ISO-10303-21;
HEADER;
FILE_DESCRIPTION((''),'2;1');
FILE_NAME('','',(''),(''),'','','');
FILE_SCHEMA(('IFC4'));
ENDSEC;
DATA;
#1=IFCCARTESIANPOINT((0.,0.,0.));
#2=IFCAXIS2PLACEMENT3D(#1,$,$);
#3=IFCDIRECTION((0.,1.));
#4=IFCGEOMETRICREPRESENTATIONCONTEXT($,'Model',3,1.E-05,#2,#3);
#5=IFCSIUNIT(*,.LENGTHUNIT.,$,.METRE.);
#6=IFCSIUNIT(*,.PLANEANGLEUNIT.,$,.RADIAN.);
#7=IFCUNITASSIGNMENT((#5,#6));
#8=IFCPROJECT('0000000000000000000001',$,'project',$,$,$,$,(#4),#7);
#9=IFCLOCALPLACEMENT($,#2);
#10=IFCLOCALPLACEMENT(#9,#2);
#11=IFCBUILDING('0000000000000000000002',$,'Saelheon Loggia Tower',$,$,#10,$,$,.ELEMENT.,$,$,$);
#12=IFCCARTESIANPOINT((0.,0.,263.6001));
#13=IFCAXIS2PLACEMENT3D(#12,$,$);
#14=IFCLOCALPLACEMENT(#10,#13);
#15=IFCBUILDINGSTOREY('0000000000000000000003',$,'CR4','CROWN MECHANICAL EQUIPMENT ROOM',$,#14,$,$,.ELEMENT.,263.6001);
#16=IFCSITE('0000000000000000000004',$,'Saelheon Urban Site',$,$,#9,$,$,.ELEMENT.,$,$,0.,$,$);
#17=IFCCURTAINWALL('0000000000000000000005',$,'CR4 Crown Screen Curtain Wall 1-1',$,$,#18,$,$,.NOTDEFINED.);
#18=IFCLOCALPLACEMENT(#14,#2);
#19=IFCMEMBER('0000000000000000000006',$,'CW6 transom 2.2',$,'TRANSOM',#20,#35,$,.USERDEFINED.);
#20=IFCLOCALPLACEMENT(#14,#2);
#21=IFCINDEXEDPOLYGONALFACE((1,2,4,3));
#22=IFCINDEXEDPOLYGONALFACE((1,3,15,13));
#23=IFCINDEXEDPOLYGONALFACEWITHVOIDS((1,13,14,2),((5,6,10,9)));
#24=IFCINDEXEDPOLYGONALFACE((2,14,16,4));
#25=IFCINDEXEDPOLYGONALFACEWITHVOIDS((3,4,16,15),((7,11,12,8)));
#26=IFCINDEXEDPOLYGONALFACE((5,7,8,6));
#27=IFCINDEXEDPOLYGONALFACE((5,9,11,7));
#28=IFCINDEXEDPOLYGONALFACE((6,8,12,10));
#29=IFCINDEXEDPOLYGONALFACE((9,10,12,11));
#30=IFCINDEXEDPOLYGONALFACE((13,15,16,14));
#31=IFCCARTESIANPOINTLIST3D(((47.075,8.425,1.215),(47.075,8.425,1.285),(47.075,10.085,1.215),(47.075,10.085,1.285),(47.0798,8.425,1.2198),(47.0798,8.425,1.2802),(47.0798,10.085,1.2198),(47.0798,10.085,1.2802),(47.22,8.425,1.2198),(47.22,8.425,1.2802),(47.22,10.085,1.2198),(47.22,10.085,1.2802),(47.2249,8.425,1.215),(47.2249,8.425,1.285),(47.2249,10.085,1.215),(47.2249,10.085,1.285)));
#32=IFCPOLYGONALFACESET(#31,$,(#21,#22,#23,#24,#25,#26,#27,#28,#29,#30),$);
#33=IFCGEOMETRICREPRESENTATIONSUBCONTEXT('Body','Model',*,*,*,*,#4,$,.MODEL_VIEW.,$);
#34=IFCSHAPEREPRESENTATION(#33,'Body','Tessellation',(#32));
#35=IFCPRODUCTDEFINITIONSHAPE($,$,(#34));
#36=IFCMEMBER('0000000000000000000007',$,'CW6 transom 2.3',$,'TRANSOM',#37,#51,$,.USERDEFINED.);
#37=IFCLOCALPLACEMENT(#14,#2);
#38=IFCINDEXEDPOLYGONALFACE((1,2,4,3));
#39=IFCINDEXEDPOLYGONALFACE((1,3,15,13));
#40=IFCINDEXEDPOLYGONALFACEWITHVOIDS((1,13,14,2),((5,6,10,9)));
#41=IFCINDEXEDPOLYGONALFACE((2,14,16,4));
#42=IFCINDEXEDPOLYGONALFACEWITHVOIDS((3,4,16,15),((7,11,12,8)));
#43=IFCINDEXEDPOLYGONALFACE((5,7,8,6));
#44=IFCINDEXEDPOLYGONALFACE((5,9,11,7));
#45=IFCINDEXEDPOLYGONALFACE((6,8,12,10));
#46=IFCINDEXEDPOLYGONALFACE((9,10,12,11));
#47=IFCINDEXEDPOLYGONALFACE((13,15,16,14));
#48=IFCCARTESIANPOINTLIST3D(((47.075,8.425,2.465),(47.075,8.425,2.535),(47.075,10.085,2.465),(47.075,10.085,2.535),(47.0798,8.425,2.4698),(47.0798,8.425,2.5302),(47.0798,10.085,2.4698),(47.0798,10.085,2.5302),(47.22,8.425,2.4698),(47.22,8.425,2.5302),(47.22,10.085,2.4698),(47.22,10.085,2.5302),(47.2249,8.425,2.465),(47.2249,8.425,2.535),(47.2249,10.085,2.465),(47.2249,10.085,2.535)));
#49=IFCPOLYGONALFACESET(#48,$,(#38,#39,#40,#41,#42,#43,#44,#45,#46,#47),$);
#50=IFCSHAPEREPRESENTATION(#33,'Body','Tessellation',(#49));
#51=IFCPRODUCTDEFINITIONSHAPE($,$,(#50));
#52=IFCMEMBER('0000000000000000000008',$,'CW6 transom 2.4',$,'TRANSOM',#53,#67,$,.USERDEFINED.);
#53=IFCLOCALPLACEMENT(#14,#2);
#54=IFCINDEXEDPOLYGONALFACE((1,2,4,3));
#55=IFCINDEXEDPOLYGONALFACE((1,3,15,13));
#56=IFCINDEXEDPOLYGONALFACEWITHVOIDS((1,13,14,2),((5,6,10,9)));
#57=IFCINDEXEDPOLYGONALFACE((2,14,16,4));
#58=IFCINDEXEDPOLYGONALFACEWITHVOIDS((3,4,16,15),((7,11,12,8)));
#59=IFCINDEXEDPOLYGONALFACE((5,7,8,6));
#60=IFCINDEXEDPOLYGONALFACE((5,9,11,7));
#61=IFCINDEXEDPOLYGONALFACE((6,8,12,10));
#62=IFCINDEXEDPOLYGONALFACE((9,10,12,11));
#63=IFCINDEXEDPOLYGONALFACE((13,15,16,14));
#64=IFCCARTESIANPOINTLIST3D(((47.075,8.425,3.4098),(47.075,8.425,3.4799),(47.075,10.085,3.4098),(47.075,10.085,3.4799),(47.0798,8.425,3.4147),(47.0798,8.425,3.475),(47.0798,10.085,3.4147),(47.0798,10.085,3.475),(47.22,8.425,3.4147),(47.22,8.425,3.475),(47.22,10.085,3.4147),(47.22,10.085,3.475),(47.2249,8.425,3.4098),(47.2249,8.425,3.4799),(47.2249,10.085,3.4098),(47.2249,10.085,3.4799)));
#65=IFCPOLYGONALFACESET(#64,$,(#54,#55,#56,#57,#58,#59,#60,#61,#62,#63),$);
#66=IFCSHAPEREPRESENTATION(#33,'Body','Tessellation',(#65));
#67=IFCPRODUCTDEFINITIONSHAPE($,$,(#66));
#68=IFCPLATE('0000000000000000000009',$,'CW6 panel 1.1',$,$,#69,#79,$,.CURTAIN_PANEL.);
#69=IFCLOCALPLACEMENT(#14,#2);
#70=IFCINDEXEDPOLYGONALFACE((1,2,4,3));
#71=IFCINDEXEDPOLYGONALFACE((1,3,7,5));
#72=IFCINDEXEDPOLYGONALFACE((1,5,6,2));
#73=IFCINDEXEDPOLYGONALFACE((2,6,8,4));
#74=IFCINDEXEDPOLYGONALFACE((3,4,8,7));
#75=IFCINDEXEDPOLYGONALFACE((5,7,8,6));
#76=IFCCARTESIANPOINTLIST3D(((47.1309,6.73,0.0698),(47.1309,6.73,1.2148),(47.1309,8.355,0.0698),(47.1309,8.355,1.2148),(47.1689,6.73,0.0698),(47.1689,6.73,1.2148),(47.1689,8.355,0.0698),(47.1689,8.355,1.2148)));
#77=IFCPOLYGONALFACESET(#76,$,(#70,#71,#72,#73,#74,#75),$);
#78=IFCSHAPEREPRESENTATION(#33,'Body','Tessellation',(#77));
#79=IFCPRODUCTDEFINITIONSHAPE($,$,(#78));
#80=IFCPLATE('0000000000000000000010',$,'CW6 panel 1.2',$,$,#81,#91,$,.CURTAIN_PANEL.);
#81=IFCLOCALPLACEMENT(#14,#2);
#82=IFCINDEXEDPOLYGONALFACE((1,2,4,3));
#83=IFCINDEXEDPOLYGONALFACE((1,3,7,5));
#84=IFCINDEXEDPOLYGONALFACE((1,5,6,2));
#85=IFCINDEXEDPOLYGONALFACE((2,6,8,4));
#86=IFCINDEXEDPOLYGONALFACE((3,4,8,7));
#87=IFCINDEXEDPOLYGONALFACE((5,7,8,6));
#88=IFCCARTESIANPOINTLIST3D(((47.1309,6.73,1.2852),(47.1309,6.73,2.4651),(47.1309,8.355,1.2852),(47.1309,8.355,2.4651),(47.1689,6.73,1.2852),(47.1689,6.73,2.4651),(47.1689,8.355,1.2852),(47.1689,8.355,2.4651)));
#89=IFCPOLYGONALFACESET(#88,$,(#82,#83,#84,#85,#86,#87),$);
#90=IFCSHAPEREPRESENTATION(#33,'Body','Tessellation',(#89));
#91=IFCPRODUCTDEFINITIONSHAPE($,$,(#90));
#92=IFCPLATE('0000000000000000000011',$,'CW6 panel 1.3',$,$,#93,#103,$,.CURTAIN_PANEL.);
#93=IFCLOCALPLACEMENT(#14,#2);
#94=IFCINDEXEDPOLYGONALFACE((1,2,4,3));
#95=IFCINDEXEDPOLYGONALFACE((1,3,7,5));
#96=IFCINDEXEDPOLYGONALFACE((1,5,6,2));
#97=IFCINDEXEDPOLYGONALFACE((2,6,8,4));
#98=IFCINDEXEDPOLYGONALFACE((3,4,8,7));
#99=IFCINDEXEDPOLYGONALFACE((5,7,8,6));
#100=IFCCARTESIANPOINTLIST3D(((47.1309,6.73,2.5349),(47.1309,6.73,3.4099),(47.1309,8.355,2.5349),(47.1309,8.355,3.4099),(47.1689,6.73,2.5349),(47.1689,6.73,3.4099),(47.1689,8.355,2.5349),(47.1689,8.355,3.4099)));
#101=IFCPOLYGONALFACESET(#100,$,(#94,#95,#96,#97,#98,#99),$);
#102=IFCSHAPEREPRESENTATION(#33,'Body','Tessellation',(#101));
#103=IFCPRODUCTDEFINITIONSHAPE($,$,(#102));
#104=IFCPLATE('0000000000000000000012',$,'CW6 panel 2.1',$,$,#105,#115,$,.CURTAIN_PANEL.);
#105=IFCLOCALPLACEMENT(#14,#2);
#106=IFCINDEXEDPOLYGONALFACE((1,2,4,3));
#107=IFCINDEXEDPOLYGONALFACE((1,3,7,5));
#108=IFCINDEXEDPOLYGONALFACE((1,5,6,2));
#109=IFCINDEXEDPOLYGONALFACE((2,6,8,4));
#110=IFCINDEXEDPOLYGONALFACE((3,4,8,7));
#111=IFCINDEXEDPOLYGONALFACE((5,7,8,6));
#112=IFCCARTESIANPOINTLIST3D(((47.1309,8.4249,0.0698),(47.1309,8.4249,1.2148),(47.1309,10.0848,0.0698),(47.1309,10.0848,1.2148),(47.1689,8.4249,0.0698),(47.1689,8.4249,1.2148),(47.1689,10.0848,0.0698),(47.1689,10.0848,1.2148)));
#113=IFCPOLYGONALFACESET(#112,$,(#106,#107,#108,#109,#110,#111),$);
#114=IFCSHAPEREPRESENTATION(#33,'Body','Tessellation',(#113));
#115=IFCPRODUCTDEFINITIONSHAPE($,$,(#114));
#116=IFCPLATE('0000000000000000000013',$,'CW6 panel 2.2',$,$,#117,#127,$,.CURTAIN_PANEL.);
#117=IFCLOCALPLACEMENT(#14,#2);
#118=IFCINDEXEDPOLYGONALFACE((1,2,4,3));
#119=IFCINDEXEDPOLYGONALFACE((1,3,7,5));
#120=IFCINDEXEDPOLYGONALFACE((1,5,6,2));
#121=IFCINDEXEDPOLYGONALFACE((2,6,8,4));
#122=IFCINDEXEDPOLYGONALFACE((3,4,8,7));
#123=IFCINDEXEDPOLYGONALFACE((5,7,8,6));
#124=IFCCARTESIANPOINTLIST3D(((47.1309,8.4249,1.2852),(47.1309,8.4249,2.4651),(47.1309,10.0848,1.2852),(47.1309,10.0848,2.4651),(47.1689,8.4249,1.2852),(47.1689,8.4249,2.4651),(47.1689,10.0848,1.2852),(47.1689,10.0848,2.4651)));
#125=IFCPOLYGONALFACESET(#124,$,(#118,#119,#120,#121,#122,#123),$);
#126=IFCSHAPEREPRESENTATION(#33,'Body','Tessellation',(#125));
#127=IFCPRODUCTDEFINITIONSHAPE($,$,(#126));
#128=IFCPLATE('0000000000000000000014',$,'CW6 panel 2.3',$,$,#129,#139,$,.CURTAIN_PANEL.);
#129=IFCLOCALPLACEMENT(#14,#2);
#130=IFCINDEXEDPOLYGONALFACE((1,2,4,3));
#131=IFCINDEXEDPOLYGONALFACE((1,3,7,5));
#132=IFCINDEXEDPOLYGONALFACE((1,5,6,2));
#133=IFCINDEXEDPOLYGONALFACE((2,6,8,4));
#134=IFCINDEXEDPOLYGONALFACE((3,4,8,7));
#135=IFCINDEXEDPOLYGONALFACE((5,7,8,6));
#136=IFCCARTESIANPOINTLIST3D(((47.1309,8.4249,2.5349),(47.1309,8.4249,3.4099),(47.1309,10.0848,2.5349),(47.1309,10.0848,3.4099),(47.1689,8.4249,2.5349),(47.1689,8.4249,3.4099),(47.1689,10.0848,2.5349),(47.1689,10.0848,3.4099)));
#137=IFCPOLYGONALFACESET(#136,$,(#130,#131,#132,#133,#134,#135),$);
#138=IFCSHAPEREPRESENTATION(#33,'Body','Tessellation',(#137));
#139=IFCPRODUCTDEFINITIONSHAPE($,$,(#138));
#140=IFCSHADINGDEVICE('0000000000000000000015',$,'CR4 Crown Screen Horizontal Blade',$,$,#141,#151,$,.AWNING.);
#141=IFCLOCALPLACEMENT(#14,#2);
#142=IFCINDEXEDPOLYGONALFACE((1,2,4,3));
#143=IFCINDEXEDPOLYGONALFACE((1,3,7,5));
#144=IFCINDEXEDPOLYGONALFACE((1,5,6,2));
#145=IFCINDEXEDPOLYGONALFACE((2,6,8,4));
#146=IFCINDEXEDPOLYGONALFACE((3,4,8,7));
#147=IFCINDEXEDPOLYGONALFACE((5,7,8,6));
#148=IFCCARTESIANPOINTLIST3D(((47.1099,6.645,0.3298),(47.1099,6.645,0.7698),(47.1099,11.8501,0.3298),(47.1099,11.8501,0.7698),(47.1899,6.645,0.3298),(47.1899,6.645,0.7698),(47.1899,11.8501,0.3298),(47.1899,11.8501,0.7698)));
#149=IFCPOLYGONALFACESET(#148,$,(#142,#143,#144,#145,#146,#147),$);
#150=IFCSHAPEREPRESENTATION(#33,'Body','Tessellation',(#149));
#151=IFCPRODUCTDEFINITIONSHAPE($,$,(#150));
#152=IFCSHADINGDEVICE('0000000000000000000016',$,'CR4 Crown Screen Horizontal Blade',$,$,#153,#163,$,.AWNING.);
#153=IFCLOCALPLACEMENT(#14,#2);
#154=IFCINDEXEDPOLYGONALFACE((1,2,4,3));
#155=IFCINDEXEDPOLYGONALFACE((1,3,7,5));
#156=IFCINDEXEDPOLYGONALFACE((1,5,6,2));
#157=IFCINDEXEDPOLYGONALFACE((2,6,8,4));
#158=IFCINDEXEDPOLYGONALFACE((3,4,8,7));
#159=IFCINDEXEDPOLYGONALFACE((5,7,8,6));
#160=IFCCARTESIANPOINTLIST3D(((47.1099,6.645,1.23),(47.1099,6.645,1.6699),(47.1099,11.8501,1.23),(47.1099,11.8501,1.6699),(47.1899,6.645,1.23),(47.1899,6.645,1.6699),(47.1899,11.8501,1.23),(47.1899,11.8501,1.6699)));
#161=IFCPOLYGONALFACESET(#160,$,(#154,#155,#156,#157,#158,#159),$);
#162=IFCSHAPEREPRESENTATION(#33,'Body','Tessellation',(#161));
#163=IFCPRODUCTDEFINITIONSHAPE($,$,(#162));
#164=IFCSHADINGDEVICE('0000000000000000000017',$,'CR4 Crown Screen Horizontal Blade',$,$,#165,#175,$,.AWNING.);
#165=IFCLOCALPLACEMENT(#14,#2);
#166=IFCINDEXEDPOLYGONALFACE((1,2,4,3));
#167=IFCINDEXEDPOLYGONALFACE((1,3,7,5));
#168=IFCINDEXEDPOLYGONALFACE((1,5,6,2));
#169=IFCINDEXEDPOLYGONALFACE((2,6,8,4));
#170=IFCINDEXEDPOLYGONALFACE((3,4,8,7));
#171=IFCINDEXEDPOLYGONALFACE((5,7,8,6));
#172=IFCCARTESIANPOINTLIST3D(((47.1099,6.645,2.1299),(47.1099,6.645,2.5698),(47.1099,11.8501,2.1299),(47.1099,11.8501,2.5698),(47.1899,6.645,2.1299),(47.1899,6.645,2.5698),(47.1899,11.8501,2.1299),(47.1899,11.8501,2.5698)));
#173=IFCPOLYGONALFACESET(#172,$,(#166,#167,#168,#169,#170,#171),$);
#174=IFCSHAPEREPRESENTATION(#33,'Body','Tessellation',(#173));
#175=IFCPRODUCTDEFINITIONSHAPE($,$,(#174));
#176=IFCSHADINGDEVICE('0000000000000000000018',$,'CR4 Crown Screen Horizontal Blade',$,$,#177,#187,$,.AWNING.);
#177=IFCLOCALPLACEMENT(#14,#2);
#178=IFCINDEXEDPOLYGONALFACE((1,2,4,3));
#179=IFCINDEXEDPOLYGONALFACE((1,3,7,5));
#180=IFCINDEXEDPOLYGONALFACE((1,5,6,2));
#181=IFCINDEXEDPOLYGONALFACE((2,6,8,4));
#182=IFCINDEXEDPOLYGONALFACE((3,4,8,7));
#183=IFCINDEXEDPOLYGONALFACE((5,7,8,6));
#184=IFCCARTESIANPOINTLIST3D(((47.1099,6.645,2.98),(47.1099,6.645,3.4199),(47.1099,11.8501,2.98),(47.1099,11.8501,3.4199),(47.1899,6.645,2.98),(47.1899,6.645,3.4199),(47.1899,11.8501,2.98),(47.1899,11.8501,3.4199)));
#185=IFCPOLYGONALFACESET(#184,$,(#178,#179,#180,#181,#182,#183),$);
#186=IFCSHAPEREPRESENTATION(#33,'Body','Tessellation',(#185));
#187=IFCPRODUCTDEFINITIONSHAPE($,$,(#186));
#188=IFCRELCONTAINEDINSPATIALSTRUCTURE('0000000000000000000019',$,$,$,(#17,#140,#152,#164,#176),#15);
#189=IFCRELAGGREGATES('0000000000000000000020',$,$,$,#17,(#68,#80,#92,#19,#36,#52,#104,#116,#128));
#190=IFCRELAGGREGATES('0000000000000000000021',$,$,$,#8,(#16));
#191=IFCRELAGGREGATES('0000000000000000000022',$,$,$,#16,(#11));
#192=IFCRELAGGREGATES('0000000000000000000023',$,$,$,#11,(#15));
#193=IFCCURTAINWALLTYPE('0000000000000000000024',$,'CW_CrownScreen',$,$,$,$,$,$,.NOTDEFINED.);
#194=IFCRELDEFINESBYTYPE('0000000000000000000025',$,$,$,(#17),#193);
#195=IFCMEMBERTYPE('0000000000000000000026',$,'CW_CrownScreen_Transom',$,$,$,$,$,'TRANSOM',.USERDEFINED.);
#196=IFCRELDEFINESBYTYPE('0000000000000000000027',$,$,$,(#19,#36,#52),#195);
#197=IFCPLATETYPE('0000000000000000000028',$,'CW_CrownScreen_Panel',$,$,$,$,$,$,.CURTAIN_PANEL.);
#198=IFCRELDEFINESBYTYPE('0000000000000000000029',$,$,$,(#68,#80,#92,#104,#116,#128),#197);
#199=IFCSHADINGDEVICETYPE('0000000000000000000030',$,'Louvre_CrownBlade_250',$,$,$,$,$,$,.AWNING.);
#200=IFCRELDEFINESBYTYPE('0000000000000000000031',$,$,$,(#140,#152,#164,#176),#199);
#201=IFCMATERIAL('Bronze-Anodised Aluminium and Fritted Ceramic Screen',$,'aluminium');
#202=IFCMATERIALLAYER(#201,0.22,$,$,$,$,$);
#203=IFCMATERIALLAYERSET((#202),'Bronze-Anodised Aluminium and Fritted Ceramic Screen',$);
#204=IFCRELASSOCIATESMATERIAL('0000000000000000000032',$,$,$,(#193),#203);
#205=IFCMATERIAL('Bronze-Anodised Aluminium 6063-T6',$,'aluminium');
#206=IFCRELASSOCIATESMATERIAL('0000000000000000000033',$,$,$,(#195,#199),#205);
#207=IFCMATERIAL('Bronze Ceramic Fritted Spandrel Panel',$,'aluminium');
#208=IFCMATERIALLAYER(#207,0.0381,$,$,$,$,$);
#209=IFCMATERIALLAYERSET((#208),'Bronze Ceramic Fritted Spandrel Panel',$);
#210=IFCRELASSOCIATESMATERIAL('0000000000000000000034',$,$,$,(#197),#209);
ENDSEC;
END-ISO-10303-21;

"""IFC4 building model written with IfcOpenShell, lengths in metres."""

from ifc_helpers import new_model, si_unit, direction, frame, origin, origin_2d, place, context, subcontext, project, spatial, rectangle, hollow_rectangle, extrude, source, transform, mapped, material, layer, layer_set, material_profile, profile_set, type_object, element, aggregate, save


model = new_model("IFC4")

# Units and contexts
model_context = context("Model", 3, precision=1e-05, world=origin(), true_north=direction((0.0, 1.0)))
body_context = subcontext(model_context, "Body", "Model", "MODEL_VIEW")
ifc_project = project(units=[si_unit("LENGTHUNIT", "METRE"), si_unit("PLANEANGLEUNIT", "RADIAN")], contexts=[model_context])

# Site, building, storey
site_placement = place(None, origin())
site = spatial("IfcSite", under=ifc_project, at=site_placement, Name="Saelheon Urban Site", CompositionType="ELEMENT", RefElevation=0.0)
building_placement = place(site_placement, origin())
building = spatial("IfcBuilding", under=site, at=building_placement, Name="Saelheon Loggia Tower", CompositionType="ELEMENT")
storey_placement = place(building_placement, frame((0.0, 0.0, 263.6001)))
storey = spatial("IfcBuildingStorey", under=building, at=storey_placement, Name="CR4", Description="CROWN MECHANICAL EQUIPMENT ROOM", CompositionType="ELEMENT", Elevation=263.6001)

# Curtain wall, members, plates
ifc_material_1 = material(Name="Bronze-Anodised Aluminium and Fritted Ceramic Screen", Category="aluminium")
ifc_layer_1 = layer(ifc_material_1, 0.22)
ifc_layer_set_1 = layer_set([ifc_layer_1], Name="Bronze-Anodised Aluminium and Fritted Ceramic Screen")
curtain_wall_type = type_object("IfcCurtainWallType", Name="CW_CrownScreen", PredefinedType="NOTDEFINED", material=ifc_layer_set_1)
curtain_wall_placement = place(storey_placement, origin())
curtain_wall = element("IfcCurtainWall", 1, at=curtain_wall_placement, inside=storey, type_object=curtain_wall_type, Name="CR4 Crown Screen Curtain Wall 1-1", PredefinedType="NOTDEFINED")
ifc_material_2 = material(Name="Bronze-Anodised Aluminium 6063-T6", Category="aluminium")
ifc_material_profile_1 = material_profile(ifc_material_2, hollow_rectangle(XDim=0.0701, YDim=0.1499, WallThickness=0.0049, at=origin_2d()), Name="RHS-150x70x5")
ifc_profile_set_1 = profile_set([ifc_material_profile_1], Name="Bronze-Anodised Aluminium 6063-T6")
member_type_1 = type_object("IfcMemberType", Name="CW_CrownScreen_Transom", ElementType="TRANSOM", PredefinedType="USERDEFINED", material=ifc_profile_set_1)
shared_shape_1 = source(origin(), body_context, "Body", "SweptSolid", [
    extrude(hollow_rectangle(XDim=0.0701, YDim=0.1499, WallThickness=0.0049, at=origin_2d()), origin(), (0.0, 0.0, 1.0), 1.6599),
])
member_1_placement = place(storey_placement, frame((47.1499, 8.425, 1.25), z_axis=(0.0, 1.0, 0.0), x_axis=(0.0, 0.0, 1.0)))
member_1 = element("IfcMember", 2, at=member_1_placement, type_object=member_type_1, Name="CW6 transom 2.2", ObjectType="TRANSOM", PredefinedType="USERDEFINED", context=body_context, shape_type="MappedRepresentation", body=[
    mapped(shared_shape_1, transform((0.0, 0.0, 0.0), scale=1.0)),
])
member_2_placement = place(storey_placement, frame((47.1499, 8.425, 2.5), z_axis=(0.0, 1.0, 0.0), x_axis=(0.0, 0.0, 1.0)))
member_2 = element("IfcMember", 3, at=member_2_placement, type_object=member_type_1, Name="CW6 transom 2.3", ObjectType="TRANSOM", PredefinedType="USERDEFINED", context=body_context, shape_type="MappedRepresentation", body=[
    mapped(shared_shape_1, transform((0.0, 0.0, 0.0), scale=1.0)),
])
member_3_placement = place(storey_placement, frame((47.1499, 8.425, 3.4448), z_axis=(0.0, 1.0, 0.0), x_axis=(0.0, 0.0, 1.0)))
member_3 = element("IfcMember", 4, at=member_3_placement, type_object=member_type_1, Name="CW6 transom 2.4", ObjectType="TRANSOM", PredefinedType="USERDEFINED", context=body_context, shape_type="MappedRepresentation", body=[
    mapped(shared_shape_1, transform((0.0, 0.0, 0.0), scale=1.0)),
])
ifc_material_3 = material(Name="Bronze Ceramic Fritted Spandrel Panel", Category="aluminium")
ifc_layer_2 = layer(ifc_material_3, 0.0381)
ifc_layer_set_2 = layer_set([ifc_layer_2], Name="Bronze Ceramic Fritted Spandrel Panel")
plate_type = type_object("IfcPlateType", Name="CW_CrownScreen_Panel", PredefinedType="CURTAIN_PANEL", material=ifc_layer_set_2)
shared_shape_2 = source(origin(), body_context, "Body", "SweptSolid", [
    extrude(rectangle(XDim=1.625, YDim=0.0381, at=origin_2d()), origin(), (0.0, 0.0, 1.0), 1.145),
])
plate_1_placement = place(storey_placement, frame((47.1499, 7.5425, 0.0698), z_axis=(0.0, 0.0, 1.0), x_axis=(0.0, 1.0, 0.0)))
plate_1 = element("IfcPlate", 5, at=plate_1_placement, type_object=plate_type, Name="CW6 panel 1.1", PredefinedType="CURTAIN_PANEL", context=body_context, shape_type="MappedRepresentation", body=[
    mapped(shared_shape_2, transform((0.0, 0.0, 0.0), scale=1.0)),
])
shared_shape_3 = source(origin(), body_context, "Body", "SweptSolid", [
    extrude(rectangle(XDim=1.625, YDim=0.0381, at=origin_2d()), origin(), (0.0, 0.0, 1.0), 1.1799),
])
plate_2_placement = place(storey_placement, frame((47.1499, 7.5425, 1.2852), z_axis=(0.0, 0.0, 1.0), x_axis=(0.0, 1.0, 0.0)))
plate_2 = element("IfcPlate", 6, at=plate_2_placement, type_object=plate_type, Name="CW6 panel 1.2", PredefinedType="CURTAIN_PANEL", context=body_context, shape_type="MappedRepresentation", body=[
    mapped(shared_shape_3, transform((0.0, 0.0, 0.0), scale=1.0)),
])
shared_shape_4 = source(origin(), body_context, "Body", "SweptSolid", [
    extrude(rectangle(XDim=1.625, YDim=0.0381, at=origin_2d()), origin(), (0.0, 0.0, 1.0), 0.875),
])
plate_3_placement = place(storey_placement, frame((47.1499, 7.5425, 2.5349), z_axis=(0.0, 0.0, 1.0), x_axis=(0.0, 1.0, 0.0)))
plate_3 = element("IfcPlate", 7, at=plate_3_placement, type_object=plate_type, Name="CW6 panel 1.3", PredefinedType="CURTAIN_PANEL", context=body_context, shape_type="MappedRepresentation", body=[
    mapped(shared_shape_4, transform((0.0, 0.0, 0.0), scale=1.0)),
])
shared_shape_5 = source(origin(), body_context, "Body", "SweptSolid", [
    extrude(rectangle(XDim=1.6599, YDim=0.0381, at=origin_2d()), origin(), (0.0, 0.0, 1.0), 1.145),
])
plate_4_placement = place(storey_placement, frame((47.1499, 9.2549, 0.0698), z_axis=(0.0, 0.0, 1.0), x_axis=(0.0, 1.0, 0.0)))
plate_4 = element("IfcPlate", 8, at=plate_4_placement, type_object=plate_type, Name="CW6 panel 2.1", PredefinedType="CURTAIN_PANEL", context=body_context, shape_type="MappedRepresentation", body=[
    mapped(shared_shape_5, transform((0.0, 0.0, 0.0), scale=1.0)),
])
shared_shape_6 = source(origin(), body_context, "Body", "SweptSolid", [
    extrude(rectangle(XDim=1.6599, YDim=0.0381, at=origin_2d()), origin(), (0.0, 0.0, 1.0), 1.1799),
])
plate_5_placement = place(storey_placement, frame((47.1499, 9.2549, 1.2852), z_axis=(0.0, 0.0, 1.0), x_axis=(0.0, 1.0, 0.0)))
plate_5 = element("IfcPlate", 9, at=plate_5_placement, type_object=plate_type, Name="CW6 panel 2.2", PredefinedType="CURTAIN_PANEL", context=body_context, shape_type="MappedRepresentation", body=[
    mapped(shared_shape_6, transform((0.0, 0.0, 0.0), scale=1.0)),
])
shared_shape_7 = source(origin(), body_context, "Body", "SweptSolid", [
    extrude(rectangle(XDim=1.6599, YDim=0.0381, at=origin_2d()), origin(), (0.0, 0.0, 1.0), 0.875),
])
plate_6_placement = place(storey_placement, frame((47.1499, 9.2549, 2.5349), z_axis=(0.0, 0.0, 1.0), x_axis=(0.0, 1.0, 0.0)))
plate_6 = element("IfcPlate", 10, at=plate_6_placement, type_object=plate_type, Name="CW6 panel 2.3", PredefinedType="CURTAIN_PANEL", context=body_context, shape_type="MappedRepresentation", body=[
    mapped(shared_shape_7, transform((0.0, 0.0, 0.0), scale=1.0)),
])
aggregate(curtain_wall, [plate_1, plate_2, plate_3, member_1, member_2, member_3, plate_4, plate_5, plate_6])

# Shading devices
ifc_material_profile_2 = material_profile(ifc_material_2, rectangle(XDim=0.0801, YDim=0.4399, at=origin_2d()), Name="Louvre_CrownBlade_250")
ifc_profile_set_2 = profile_set([ifc_material_profile_2], Name="Bronze-Anodised Aluminium 6063-T6")
shading_device_type = type_object("IfcShadingDeviceType", Name="Louvre_CrownBlade_250", PredefinedType="AWNING", material=ifc_profile_set_2)
shared_shape_8 = source(origin(), body_context, "Body", "SweptSolid", [
    extrude(rectangle(XDim=0.0801, YDim=0.4399, at=origin_2d()), origin(), (0.0, 0.0, 1.0), 5.2051),
])
for number, where, z_axis, x_axis, name in (
    (11, (47.1499, 6.645, 0.5498), (0.0, 1.0, 0.0), (-1.0, 0.0, 0.0), "CR4 Crown Screen Horizontal Blade"),
    (12, (47.1499, 6.645, 1.45), (0.0, 1.0, 0.0), (-1.0, 0.0, 0.0), "CR4 Crown Screen Horizontal Blade"),
    (13, (47.1499, 6.645, 2.3499), (0.0, 1.0, 0.0), (-1.0, 0.0, 0.0), "CR4 Crown Screen Horizontal Blade"),
    (14, (47.1499, 6.645, 3.2), (0.0, 1.0, 0.0), (-1.0, 0.0, 0.0), "CR4 Crown Screen Horizontal Blade"),
):
    element("IfcShadingDevice", number, at=place(storey_placement, frame(where, z_axis=z_axis, x_axis=x_axis)), inside=storey, type_object=shading_device_type, Name=name, PredefinedType="AWNING", context=body_context, shape_type="MappedRepresentation", body=[
        mapped(shared_shape_8, transform((0.0, 0.0, 0.0), scale=1.0)),
    ])

save(model, "model.ifc")
